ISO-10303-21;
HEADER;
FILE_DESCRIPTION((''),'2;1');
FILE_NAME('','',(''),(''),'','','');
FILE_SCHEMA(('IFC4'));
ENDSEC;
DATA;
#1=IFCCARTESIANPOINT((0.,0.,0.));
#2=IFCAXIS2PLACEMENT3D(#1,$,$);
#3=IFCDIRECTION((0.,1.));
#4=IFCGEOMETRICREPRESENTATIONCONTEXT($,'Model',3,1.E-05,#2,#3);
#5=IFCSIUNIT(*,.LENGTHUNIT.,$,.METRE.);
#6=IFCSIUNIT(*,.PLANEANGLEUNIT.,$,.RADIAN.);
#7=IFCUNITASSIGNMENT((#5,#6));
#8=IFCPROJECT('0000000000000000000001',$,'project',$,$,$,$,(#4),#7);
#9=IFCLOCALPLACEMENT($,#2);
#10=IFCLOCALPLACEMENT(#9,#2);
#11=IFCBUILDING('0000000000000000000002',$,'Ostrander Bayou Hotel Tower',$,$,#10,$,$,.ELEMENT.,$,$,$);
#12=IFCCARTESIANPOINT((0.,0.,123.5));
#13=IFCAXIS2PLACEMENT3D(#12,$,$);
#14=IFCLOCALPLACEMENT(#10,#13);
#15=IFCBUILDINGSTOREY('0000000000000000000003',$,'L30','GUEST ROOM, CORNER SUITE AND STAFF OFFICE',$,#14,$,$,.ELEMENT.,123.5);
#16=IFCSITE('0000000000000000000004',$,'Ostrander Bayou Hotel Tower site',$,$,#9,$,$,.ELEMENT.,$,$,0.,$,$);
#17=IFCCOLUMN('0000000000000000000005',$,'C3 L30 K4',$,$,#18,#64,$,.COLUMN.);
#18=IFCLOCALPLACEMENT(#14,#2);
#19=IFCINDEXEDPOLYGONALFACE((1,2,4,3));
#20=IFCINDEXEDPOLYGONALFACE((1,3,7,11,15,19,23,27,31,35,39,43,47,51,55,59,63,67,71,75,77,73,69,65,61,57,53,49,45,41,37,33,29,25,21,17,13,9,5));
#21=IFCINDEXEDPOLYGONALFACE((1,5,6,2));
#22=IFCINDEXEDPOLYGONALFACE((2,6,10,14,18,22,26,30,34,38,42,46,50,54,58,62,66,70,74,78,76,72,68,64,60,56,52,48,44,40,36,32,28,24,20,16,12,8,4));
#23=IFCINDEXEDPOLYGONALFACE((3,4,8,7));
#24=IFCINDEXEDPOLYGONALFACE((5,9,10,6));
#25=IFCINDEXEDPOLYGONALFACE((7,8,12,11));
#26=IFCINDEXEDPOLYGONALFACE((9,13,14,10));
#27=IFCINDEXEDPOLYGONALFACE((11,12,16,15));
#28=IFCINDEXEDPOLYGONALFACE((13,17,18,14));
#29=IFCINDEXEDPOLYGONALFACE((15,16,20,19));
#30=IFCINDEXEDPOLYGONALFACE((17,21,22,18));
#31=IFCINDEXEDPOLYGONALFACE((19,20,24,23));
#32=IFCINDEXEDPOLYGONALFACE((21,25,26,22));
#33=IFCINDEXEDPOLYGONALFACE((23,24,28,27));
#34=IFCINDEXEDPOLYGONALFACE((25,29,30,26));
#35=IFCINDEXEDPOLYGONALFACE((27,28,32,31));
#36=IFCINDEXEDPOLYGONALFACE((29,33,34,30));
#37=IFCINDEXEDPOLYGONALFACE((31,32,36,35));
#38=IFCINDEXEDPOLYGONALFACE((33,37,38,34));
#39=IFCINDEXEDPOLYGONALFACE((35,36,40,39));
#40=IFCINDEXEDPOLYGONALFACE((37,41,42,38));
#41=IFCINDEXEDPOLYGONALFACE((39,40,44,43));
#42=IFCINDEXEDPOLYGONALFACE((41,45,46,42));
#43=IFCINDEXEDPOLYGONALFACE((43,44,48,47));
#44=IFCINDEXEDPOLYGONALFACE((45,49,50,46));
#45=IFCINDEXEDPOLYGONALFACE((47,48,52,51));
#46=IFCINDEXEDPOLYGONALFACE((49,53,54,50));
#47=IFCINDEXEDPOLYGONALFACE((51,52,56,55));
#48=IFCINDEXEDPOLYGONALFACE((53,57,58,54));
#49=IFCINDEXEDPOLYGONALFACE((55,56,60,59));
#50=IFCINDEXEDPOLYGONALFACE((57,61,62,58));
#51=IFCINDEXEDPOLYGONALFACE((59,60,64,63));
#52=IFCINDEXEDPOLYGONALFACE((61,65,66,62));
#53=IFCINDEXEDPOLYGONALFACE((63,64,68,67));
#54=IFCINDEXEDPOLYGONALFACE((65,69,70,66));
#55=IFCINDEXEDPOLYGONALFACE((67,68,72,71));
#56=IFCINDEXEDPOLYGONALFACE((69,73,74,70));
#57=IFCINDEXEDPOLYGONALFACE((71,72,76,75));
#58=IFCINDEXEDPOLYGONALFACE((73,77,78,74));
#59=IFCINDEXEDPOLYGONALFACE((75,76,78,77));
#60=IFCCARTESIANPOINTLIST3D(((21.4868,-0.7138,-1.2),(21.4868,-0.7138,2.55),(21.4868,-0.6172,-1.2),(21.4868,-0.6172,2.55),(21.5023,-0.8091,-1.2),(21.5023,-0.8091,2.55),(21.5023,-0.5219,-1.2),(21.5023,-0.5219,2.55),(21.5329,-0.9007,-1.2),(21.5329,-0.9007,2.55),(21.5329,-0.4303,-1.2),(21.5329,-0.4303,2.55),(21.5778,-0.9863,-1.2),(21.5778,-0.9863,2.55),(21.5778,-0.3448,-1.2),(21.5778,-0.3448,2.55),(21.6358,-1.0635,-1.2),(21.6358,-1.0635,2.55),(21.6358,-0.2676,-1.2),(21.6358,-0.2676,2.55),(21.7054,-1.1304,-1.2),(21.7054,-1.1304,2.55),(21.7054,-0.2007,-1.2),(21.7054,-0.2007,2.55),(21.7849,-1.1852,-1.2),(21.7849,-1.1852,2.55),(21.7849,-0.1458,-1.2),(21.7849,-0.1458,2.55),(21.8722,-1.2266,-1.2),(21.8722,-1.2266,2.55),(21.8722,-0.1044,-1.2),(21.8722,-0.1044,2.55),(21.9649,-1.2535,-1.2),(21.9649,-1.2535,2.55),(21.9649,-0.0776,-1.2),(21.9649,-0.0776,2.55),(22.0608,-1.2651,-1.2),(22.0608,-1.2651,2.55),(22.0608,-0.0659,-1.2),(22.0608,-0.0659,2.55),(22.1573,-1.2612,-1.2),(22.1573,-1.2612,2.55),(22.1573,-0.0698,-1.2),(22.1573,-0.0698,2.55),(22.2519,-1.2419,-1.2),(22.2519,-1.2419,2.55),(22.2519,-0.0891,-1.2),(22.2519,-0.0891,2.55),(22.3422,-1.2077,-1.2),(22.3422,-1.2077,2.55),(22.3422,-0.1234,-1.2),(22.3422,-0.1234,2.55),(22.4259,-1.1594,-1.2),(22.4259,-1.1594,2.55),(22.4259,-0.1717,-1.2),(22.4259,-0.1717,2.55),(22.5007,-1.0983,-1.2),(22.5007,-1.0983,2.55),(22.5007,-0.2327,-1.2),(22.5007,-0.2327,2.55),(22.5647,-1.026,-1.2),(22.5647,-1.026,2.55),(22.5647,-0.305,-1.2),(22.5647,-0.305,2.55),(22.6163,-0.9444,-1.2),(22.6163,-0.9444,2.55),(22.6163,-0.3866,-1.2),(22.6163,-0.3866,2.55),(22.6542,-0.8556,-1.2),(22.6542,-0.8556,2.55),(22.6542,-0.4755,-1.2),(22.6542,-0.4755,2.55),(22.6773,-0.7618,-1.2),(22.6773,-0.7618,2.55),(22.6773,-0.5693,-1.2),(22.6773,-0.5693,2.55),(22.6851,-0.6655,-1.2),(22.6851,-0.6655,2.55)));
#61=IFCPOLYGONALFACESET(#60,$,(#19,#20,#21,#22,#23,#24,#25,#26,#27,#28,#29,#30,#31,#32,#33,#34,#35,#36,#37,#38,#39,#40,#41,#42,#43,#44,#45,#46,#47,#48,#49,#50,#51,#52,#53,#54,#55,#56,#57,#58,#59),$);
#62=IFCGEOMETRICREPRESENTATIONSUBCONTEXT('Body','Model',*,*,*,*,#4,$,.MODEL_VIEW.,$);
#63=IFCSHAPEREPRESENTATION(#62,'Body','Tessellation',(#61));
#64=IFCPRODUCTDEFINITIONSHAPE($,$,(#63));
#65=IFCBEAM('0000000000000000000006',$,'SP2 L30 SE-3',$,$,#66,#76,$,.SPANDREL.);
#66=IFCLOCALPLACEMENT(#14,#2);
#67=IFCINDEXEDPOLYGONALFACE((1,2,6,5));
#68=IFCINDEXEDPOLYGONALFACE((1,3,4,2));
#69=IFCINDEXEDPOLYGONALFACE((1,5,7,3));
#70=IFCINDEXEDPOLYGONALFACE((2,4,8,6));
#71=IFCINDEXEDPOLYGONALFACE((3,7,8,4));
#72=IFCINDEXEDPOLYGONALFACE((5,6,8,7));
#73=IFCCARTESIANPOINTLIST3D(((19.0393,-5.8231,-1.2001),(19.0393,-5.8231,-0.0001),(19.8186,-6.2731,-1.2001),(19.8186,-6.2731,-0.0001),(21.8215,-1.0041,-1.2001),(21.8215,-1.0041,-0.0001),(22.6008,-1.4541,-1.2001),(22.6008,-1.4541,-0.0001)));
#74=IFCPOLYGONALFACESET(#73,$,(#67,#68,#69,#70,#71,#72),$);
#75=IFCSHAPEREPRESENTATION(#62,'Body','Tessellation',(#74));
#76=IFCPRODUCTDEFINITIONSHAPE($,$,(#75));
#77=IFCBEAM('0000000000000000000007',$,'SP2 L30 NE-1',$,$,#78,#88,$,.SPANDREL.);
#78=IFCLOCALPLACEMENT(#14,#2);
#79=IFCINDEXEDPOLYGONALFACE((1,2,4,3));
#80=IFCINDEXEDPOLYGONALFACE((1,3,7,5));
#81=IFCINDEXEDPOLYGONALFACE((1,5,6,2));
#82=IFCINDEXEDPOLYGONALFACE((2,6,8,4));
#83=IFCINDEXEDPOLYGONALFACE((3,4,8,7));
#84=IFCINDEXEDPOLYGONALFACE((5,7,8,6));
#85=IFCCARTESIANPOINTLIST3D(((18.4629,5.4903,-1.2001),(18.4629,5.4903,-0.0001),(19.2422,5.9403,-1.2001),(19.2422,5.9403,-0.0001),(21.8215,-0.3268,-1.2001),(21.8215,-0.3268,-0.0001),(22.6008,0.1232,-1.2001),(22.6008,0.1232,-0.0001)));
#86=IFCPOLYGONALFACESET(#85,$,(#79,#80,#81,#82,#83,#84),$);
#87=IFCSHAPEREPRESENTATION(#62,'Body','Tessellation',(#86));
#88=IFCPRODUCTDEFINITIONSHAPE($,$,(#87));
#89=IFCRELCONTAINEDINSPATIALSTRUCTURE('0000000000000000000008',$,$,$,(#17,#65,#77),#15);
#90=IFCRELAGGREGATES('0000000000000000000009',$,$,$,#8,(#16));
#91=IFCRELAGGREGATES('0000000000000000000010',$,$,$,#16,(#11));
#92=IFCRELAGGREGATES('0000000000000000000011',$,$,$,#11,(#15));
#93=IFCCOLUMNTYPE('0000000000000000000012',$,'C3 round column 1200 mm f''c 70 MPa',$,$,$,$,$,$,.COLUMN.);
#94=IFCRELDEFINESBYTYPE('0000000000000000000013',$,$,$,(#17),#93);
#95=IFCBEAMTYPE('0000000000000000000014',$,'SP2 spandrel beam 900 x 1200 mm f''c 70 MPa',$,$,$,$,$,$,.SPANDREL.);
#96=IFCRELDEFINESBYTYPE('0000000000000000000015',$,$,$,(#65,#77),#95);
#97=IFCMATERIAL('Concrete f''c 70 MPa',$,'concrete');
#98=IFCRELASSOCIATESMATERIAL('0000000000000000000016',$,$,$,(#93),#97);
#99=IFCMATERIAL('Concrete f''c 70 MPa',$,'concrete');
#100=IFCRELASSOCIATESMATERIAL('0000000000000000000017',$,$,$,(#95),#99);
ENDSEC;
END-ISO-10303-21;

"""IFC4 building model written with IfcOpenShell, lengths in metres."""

from ifc_helpers import new_model, si_unit, direction, frame, origin, origin_2d, place, context, subcontext, project, spatial, rectangle, circle, extrude, material, material_profile, profile_set, type_object, element, save


model = new_model("IFC4")

# Units and contexts
model_context = context("Model", 3, precision=1e-05, world=origin(), true_north=direction((0.0, 1.0)))
body_context = subcontext(model_context, "Body", "Model", "MODEL_VIEW")
ifc_project = project(units=[si_unit("LENGTHUNIT", "METRE"), si_unit("PLANEANGLEUNIT", "RADIAN")], contexts=[model_context])

# Site, building, storey
site_placement = place(None, origin())
site = spatial("IfcSite", under=ifc_project, at=site_placement, Name="Ostrander Bayou Hotel Tower site", CompositionType="ELEMENT", RefElevation=0.0)
building_placement = place(site_placement, origin())
building = spatial("IfcBuilding", under=site, at=building_placement, Name="Ostrander Bayou Hotel Tower", CompositionType="ELEMENT")
storey_placement = place(building_placement, frame((0.0, 0.0, 123.5)))
storey = spatial("IfcBuildingStorey", under=building, at=storey_placement, Name="L30", Description="GUEST ROOM, CORNER SUITE AND STAFF OFFICE", CompositionType="ELEMENT", Elevation=123.5)

# Column
ifc_material_1 = material(Name="Concrete f'c 70 MPa", Category="concrete")
ifc_material_profile_1 = material_profile(ifc_material_1, circle(Radius=0.6001, at=origin_2d()))
ifc_profile_set_1 = profile_set([ifc_material_profile_1], Name="Concrete f'c 70 MPa")
column_type = type_object("IfcColumnType", Name="C3 round column 1200 mm f'c 70 MPa", PredefinedType="COLUMN", material=ifc_profile_set_1)
column_placement = place(storey_placement, frame((22.085, -0.6655, -1.2), z_axis=(0.0, 0.0, 1.0), x_axis=(1.0, 0.0, 0.0)))
element("IfcColumn", 1, at=column_placement, inside=storey, type_object=column_type, Name="C3 L30 K4", PredefinedType="COLUMN", context=body_context, shape_type="SweptSolid", body=[
    extrude(circle(Radius=0.6001, at=origin_2d()), origin(), (0.0, 0.0, 1.0), 3.75),
])

# Beams
ifc_material_2 = material(Name="Concrete f'c 70 MPa", Category="concrete")
ifc_material_profile_2 = material_profile(ifc_material_2, rectangle(XDim=0.8999, YDim=1.2, at=origin_2d()))
ifc_profile_set_2 = profile_set([ifc_material_profile_2], Name="Concrete f'c 70 MPa")
beam_type = type_object("IfcBeamType", Name="SP2 spandrel beam 900 x 1200 mm f'c 70 MPa", PredefinedType="SPANDREL", material=ifc_profile_set_2)
beam_1_placement = place(storey_placement, frame((19.429, -6.0481, -0.6001), z_axis=(0.49999, 0.866031, 0.0), x_axis=(-0.866031, 0.49999, 0.0)))
element("IfcBeam", 2, at=beam_1_placement, inside=storey, type_object=beam_type, Name="SP2 L30 SE-3", PredefinedType="SPANDREL", context=body_context, shape_type="SweptSolid", body=[
    extrude(rectangle(XDim=0.8999, YDim=1.2, at=origin_2d()), origin(), (0.0, 0.0, 1.0), 5.5645),
])
beam_2_placement = place(storey_placement, frame((22.2112, -0.1018, -0.6001), z_axis=(-0.500013, 0.866018, 0.0), x_axis=(-0.866018, -0.500013, 0.0)))
element("IfcBeam", 3, at=beam_2_placement, inside=storey, type_object=beam_type, Name="SP2 L30 NE-1", PredefinedType="SPANDREL", context=body_context, shape_type="SweptSolid", body=[
    extrude(rectangle(XDim=0.8999, YDim=1.2, at=origin_2d()), origin(), (0.0, 0.0, 1.0), 6.717),
])

save(model, "model.ifc")
